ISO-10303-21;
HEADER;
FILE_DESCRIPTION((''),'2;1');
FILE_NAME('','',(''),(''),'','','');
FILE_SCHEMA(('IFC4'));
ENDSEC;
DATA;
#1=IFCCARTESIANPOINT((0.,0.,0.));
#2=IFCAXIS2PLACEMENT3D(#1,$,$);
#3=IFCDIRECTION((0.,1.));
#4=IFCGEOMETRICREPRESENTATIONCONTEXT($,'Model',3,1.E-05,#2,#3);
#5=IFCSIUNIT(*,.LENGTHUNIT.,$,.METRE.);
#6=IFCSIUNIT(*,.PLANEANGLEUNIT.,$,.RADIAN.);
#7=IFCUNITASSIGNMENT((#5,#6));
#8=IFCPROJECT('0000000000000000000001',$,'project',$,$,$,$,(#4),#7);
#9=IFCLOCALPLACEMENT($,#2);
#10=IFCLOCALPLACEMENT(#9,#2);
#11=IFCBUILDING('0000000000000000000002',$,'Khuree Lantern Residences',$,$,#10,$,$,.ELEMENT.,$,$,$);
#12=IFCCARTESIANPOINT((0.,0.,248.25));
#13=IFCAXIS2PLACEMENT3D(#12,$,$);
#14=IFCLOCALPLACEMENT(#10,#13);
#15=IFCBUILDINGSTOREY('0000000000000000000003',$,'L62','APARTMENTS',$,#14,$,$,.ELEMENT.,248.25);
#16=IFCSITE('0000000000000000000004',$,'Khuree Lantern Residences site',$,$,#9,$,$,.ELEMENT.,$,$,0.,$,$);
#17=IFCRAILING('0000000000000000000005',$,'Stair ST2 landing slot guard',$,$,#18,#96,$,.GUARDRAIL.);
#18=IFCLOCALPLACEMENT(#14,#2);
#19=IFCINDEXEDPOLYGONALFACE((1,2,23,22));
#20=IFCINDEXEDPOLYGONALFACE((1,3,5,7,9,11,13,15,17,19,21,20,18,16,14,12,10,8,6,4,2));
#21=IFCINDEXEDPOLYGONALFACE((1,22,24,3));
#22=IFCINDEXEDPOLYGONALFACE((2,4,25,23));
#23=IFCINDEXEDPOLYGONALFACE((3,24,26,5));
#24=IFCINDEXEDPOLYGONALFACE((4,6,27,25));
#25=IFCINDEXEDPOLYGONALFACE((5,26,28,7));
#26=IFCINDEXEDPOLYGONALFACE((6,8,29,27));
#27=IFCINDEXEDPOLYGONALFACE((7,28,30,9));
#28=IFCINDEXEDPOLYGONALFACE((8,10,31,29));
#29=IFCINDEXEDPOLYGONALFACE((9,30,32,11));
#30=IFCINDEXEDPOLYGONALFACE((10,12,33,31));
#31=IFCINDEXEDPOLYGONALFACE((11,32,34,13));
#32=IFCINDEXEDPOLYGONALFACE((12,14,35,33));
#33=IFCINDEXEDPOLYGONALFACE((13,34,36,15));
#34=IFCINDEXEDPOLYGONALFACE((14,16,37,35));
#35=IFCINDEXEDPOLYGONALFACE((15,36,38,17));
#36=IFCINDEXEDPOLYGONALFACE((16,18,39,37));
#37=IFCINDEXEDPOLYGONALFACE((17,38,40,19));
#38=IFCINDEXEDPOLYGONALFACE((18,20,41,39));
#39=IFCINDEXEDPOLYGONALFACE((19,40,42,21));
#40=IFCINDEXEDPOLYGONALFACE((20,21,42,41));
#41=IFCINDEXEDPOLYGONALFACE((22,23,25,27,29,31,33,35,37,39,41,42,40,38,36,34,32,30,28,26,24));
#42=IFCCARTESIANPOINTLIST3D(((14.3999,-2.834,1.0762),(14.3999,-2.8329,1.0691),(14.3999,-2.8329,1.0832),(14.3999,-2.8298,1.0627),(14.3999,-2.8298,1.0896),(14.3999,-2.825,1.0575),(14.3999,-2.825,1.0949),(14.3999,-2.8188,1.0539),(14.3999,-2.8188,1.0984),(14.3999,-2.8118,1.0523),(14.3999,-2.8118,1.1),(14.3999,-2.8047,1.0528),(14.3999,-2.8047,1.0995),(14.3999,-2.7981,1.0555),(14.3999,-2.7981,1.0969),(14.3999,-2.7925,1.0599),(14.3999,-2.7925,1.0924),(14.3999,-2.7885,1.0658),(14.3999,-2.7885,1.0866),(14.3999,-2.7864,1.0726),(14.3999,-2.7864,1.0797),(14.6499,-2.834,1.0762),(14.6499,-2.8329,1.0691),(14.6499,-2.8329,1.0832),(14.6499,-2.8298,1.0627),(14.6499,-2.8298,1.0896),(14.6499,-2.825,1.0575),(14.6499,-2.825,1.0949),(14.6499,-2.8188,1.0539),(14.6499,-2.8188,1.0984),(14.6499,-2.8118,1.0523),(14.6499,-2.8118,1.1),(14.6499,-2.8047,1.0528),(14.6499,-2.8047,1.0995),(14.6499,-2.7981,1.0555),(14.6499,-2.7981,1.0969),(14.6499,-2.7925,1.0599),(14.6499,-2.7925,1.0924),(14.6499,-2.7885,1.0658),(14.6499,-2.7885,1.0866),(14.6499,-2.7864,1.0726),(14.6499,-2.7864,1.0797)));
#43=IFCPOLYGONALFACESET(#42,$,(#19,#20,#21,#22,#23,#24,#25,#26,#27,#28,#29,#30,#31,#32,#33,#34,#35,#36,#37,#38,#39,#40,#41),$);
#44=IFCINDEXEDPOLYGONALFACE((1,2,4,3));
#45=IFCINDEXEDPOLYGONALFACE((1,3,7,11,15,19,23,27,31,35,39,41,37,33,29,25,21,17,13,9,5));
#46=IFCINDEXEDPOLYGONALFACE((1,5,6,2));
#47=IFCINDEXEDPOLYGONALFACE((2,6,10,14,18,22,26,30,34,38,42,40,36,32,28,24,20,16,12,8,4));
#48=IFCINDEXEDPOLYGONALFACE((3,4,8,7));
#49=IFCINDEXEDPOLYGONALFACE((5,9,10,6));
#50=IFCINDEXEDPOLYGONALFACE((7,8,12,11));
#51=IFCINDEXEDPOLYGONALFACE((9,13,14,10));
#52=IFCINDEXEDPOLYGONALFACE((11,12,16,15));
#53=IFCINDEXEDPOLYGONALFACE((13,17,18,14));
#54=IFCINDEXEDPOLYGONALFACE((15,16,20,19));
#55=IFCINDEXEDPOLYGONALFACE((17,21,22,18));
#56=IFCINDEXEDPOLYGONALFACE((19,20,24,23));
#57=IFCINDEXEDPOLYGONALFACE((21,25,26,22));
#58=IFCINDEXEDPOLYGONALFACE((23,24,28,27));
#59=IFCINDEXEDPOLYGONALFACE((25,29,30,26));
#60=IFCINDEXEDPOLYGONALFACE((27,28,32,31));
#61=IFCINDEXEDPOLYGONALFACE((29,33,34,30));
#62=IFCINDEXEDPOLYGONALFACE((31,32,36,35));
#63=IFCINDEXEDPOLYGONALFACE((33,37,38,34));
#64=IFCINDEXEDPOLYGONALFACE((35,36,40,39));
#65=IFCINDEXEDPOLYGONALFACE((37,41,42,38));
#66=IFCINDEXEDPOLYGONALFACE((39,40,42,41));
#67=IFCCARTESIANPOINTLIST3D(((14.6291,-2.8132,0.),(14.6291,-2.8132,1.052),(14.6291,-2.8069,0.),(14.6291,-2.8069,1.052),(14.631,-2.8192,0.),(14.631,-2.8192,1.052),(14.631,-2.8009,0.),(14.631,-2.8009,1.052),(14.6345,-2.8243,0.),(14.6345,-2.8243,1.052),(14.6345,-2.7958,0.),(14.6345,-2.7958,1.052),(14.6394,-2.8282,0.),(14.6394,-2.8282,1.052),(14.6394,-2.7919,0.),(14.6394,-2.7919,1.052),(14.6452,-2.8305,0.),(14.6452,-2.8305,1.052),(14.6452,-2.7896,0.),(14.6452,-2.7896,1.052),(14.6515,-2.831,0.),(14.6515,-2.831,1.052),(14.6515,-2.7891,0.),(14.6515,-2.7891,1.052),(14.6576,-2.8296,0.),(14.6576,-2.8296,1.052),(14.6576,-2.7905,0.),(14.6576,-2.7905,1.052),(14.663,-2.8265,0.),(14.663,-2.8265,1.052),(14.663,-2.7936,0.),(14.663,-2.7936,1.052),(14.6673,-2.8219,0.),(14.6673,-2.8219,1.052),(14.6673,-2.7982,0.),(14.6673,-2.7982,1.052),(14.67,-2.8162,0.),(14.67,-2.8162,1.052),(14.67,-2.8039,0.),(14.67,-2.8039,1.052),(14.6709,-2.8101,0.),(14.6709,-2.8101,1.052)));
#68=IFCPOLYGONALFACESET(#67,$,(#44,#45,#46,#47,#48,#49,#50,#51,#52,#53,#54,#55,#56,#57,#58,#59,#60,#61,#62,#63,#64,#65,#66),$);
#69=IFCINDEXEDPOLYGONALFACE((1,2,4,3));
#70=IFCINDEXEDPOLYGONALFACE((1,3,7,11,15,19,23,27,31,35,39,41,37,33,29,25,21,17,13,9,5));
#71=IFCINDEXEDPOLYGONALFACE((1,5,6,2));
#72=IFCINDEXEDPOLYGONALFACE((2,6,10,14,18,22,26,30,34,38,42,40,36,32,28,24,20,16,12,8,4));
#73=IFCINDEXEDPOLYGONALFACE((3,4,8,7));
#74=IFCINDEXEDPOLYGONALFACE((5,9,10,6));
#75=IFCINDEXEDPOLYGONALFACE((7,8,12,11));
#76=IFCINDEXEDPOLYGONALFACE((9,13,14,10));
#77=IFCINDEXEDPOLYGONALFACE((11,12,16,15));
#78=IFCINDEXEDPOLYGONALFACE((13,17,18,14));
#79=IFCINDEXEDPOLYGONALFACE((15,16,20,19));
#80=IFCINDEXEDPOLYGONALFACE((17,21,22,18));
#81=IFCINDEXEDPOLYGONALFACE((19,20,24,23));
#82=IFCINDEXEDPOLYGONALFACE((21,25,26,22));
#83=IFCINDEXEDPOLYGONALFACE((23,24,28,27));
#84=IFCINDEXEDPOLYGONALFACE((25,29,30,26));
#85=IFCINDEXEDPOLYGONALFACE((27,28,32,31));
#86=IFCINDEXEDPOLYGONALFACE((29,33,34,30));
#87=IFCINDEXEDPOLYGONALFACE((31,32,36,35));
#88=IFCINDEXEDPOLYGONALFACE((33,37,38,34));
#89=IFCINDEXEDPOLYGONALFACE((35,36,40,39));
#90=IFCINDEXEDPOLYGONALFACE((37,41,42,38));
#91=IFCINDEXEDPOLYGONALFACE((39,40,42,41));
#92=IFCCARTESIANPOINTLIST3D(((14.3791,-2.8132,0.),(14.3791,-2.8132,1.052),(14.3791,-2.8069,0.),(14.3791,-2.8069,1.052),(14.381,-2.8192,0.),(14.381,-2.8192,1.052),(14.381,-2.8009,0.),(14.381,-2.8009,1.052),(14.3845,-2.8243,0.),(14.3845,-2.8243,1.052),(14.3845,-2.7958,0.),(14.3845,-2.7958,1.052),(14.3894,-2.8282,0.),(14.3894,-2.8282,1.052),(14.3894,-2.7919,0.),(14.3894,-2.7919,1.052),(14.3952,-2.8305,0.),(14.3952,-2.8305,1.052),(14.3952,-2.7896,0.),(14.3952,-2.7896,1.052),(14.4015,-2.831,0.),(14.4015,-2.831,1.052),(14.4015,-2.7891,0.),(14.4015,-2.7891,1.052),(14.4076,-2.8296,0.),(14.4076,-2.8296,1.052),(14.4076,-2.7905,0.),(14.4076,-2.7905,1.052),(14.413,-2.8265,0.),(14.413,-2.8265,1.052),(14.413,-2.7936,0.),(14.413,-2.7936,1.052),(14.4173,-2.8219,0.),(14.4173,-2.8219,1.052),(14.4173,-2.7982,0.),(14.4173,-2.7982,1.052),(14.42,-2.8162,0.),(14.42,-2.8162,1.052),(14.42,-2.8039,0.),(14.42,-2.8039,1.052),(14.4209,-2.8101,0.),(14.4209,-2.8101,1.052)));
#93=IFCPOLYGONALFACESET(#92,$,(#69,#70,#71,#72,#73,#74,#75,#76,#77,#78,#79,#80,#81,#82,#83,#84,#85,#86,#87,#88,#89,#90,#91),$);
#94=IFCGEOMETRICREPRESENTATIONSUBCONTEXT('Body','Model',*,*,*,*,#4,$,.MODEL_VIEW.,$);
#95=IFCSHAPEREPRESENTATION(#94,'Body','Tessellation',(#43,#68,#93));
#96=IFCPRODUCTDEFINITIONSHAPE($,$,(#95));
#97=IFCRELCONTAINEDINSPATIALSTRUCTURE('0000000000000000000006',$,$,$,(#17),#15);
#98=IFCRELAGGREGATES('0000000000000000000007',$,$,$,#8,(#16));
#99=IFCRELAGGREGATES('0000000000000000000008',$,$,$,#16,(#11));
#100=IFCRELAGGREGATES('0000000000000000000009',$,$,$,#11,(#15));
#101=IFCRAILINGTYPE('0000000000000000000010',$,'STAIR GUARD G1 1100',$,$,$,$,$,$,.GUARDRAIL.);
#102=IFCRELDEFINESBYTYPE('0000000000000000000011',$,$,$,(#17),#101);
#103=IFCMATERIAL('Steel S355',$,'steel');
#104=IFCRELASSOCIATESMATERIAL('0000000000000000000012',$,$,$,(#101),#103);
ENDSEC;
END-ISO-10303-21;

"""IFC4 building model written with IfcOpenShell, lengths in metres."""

from ifc_helpers import new_model, si_unit, direction, frame, origin, origin_2d, place, context, subcontext, project, spatial, circle, extrude, material, type_object, element, save


model = new_model("IFC4")

# Units and contexts
model_context = context("Model", 3, precision=1e-05, world=origin(), true_north=direction((0.0, 1.0)))
body_context = subcontext(model_context, "Body", "Model", "MODEL_VIEW")
ifc_project = project(units=[si_unit("LENGTHUNIT", "METRE"), si_unit("PLANEANGLEUNIT", "RADIAN")], contexts=[model_context])

# Site, building, storey
site_placement = place(None, origin())
site = spatial("IfcSite", under=ifc_project, at=site_placement, Name="Khuree Lantern Residences site", CompositionType="ELEMENT", RefElevation=0.0)
building_placement = place(site_placement, origin())
building = spatial("IfcBuilding", under=site, at=building_placement, Name="Khuree Lantern Residences", CompositionType="ELEMENT")
storey_placement = place(building_placement, frame((0.0, 0.0, 248.25)))
storey = spatial("IfcBuildingStorey", under=building, at=storey_placement, Name="L62", Description="APARTMENTS", CompositionType="ELEMENT", Elevation=248.25)

# Railing
ifc_material_1 = material(Name="Steel S355", Category="steel")
railing_type_1 = type_object("IfcRailingType", Name="STAIR GUARD G1 1100", PredefinedType="GUARDRAIL", material=ifc_material_1)
railing_1_placement = place(storey_placement, frame((14.6499, -2.8101, 0.0)))
element("IfcRailing", 1, at=railing_1_placement, inside=storey, type_object=railing_type_1, Name="Stair ST2 landing slot guard", PredefinedType="GUARDRAIL", context=body_context, shape_type="SweptSolid", body=[
    extrude(circle(Radius=0.0239, at=origin_2d()), frame((0.0, 0.0, 1.0762), z_axis=(-1.0, 0.0, 0.0), x_axis=(0.0, -1.0, 0.0)), (0.0, 0.0, 1.0), 0.25),
    extrude(circle(Radius=0.021, at=origin_2d()), origin(), (0.0, 0.0, 1.0), 1.052),
    extrude(circle(Radius=0.021, at=origin_2d()), frame((-0.25, 0.0, 0.0)), (0.0, 0.0, 1.0), 1.052),
])

save(model, "model.ifc")
